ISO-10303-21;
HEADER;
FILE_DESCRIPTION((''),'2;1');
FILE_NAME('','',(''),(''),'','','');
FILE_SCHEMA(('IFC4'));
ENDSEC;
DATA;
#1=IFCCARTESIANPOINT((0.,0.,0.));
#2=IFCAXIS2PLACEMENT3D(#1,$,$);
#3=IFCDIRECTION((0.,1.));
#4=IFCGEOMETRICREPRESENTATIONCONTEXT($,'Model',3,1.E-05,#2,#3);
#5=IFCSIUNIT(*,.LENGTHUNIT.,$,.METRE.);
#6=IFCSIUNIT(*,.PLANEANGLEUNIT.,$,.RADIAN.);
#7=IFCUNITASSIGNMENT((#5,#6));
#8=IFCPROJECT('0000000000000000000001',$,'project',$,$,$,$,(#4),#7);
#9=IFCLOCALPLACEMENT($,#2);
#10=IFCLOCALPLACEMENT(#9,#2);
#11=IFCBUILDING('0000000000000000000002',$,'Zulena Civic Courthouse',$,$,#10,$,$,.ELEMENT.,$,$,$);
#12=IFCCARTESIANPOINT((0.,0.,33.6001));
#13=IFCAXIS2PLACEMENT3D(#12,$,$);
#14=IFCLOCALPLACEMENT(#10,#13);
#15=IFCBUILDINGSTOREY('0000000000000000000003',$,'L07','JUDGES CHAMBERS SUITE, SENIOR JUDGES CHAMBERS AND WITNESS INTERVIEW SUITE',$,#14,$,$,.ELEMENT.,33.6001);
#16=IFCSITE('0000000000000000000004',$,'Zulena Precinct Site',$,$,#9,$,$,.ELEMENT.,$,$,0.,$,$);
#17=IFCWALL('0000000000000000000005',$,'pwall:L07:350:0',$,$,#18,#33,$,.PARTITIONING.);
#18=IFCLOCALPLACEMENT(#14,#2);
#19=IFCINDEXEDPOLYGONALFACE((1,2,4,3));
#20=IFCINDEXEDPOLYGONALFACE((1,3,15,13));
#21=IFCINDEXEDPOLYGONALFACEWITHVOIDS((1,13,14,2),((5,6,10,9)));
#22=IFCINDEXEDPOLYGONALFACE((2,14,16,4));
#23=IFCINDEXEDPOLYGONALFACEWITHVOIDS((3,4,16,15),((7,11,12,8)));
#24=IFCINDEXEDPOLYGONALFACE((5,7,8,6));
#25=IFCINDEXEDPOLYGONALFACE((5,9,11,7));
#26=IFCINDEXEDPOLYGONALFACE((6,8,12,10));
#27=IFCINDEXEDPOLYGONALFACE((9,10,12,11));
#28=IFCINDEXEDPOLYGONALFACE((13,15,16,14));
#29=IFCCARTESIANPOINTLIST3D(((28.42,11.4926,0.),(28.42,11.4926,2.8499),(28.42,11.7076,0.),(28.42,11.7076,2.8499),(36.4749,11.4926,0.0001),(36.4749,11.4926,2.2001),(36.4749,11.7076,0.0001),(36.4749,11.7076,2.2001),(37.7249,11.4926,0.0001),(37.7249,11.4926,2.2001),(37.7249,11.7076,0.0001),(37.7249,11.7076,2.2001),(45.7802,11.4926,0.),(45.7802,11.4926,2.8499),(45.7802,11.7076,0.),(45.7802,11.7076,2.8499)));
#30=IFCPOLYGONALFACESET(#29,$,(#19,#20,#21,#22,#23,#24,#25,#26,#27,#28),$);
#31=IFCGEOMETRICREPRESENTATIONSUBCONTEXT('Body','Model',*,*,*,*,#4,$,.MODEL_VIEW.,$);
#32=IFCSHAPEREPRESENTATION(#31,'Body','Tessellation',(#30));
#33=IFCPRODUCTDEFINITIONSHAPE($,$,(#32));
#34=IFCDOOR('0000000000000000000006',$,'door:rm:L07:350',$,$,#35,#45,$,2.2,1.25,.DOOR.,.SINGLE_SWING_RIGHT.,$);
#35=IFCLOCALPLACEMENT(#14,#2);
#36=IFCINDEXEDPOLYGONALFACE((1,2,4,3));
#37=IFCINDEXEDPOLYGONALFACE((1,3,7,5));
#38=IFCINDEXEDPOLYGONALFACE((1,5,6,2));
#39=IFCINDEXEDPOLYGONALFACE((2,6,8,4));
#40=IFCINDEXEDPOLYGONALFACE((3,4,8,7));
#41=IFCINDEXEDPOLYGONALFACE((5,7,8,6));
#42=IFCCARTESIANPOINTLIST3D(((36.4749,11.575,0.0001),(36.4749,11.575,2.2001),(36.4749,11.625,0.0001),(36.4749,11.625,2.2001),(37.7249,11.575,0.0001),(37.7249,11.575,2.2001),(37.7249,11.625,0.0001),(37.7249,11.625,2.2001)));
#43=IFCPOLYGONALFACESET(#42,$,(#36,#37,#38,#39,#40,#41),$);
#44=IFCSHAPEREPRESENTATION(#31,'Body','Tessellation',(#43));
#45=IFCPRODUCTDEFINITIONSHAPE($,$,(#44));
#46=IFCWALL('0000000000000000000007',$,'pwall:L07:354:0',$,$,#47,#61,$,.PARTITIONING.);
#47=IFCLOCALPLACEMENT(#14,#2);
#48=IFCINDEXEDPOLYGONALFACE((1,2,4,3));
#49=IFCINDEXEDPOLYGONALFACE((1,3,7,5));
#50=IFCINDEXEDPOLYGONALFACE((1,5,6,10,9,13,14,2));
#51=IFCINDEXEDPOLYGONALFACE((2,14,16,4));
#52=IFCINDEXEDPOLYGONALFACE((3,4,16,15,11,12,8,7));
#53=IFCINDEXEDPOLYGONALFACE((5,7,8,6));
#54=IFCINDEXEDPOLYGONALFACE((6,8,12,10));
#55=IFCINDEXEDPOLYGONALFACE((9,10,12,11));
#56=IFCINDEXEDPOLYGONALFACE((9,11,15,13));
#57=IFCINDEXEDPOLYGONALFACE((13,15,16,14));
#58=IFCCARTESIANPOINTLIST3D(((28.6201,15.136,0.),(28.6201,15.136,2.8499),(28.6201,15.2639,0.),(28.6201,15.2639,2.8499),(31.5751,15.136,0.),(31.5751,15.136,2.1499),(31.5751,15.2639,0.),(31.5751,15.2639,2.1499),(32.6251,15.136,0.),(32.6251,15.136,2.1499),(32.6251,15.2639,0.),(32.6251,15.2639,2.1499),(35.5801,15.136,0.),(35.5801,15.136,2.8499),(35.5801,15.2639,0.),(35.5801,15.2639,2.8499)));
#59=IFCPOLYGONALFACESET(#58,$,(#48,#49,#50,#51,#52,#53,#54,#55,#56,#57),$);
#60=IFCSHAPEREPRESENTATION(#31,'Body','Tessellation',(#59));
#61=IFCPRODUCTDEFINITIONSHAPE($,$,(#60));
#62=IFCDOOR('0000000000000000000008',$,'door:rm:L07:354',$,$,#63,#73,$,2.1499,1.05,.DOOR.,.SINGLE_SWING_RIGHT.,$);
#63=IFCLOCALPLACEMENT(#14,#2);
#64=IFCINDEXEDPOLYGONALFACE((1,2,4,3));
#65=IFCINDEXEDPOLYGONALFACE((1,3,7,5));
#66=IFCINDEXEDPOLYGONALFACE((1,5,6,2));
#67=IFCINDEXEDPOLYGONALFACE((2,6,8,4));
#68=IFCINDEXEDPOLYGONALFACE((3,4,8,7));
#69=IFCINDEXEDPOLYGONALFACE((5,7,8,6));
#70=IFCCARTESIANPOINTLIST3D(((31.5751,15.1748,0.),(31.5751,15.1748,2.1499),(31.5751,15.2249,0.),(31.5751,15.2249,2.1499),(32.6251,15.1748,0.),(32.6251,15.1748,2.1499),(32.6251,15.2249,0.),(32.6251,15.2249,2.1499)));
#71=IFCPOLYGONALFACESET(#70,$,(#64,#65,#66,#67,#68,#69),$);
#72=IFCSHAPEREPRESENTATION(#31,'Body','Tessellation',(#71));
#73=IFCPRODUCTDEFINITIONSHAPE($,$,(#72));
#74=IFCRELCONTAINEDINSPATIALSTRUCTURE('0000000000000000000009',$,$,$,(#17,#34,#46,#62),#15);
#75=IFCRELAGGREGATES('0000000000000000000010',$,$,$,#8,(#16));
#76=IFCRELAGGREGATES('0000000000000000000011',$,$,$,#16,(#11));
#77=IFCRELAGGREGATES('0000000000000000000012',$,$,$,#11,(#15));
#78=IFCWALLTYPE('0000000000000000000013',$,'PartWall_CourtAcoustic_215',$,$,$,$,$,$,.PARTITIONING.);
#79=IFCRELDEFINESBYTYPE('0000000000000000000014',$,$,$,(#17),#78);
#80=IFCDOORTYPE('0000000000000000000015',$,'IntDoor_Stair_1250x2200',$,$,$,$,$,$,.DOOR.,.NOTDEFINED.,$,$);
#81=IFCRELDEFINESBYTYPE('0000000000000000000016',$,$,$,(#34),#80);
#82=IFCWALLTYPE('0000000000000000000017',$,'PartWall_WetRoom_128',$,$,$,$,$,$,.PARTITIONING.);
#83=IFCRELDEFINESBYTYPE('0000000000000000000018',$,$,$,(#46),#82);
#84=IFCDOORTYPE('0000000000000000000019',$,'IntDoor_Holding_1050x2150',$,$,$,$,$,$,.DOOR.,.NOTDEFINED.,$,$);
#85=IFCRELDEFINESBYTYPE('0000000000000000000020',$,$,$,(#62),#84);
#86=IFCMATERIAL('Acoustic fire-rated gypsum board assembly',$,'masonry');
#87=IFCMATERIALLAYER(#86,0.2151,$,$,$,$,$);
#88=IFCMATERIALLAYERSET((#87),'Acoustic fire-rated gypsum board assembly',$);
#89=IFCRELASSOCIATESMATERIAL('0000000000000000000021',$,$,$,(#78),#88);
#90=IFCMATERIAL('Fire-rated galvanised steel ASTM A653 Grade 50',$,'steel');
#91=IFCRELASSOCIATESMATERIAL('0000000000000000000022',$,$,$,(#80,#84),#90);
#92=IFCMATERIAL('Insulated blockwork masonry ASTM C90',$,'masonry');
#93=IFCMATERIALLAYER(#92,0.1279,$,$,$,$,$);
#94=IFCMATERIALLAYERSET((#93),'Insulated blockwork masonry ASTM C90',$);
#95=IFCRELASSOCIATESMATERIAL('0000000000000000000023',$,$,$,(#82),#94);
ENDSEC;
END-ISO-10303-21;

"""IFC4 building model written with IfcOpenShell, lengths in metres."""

from ifc_helpers import new_model, si_unit, direction, frame, frame_2d, origin, place, context, subcontext, project, spatial, rectangle, extrude, material, layer, layer_set, type_object, element, fill, save


model = new_model("IFC4")

# Units and contexts
model_context = context("Model", 3, precision=1e-05, world=origin(), true_north=direction((0.0, 1.0)))
body_context = subcontext(model_context, "Body", "Model", "MODEL_VIEW")
ifc_project = project(units=[si_unit("LENGTHUNIT", "METRE"), si_unit("PLANEANGLEUNIT", "RADIAN")], contexts=[model_context])

# Site, building, storey
site_placement = place(None, origin())
site = spatial("IfcSite", under=ifc_project, at=site_placement, Name="Zulena Precinct Site", CompositionType="ELEMENT", RefElevation=0.0)
building_placement = place(site_placement, origin())
building = spatial("IfcBuilding", under=site, at=building_placement, Name="Zulena Civic Courthouse", CompositionType="ELEMENT")
storey_placement = place(building_placement, frame((0.0, 0.0, 33.6001)))
storey = spatial("IfcBuildingStorey", under=building, at=storey_placement, Name="L07", Description="JUDGES CHAMBERS SUITE, SENIOR JUDGES CHAMBERS AND WITNESS INTERVIEW SUITE", CompositionType="ELEMENT", Elevation=33.6001)

# Shared definitions
ifc_material_1 = material(Name="Fire-rated galvanised steel ASTM A653 Grade 50", Category="steel")

# Walls, openings, doors
ifc_material_2 = material(Name="Acoustic fire-rated gypsum board assembly", Category="masonry")
ifc_layer_1 = layer(ifc_material_2, 0.2151)
ifc_layer_set_1 = layer_set([ifc_layer_1], Name="Acoustic fire-rated gypsum board assembly")
wall_type_1 = type_object("IfcWallType", Name="PartWall_CourtAcoustic_215", PredefinedType="PARTITIONING", material=ifc_layer_set_1)
wall_1_placement = place(storey_placement, frame((28.4199, 11.6001, 0.0), z_axis=(0.0, 0.0, 1.0), x_axis=(1.0, 0.0, 0.0)))
wall_1 = element("IfcWall", 1, at=wall_1_placement, inside=storey, type_object=wall_type_1, Name="pwall:L07:350:0", PredefinedType="PARTITIONING", context=body_context, shape_type="SweptSolid", body=[
    extrude(rectangle(XDim=17.3601, YDim=0.2151, at=frame_2d((8.6802, 0.0))), origin(), (0.0, 0.0, 1.0), 2.8499),
])
opening_1_placement = place(wall_1_placement, frame((8.0549, 0.0, 0.0)))
opening_1 = element("IfcOpeningElement", 2, at=opening_1_placement, cuts=wall_1, PredefinedType="OPENING", context=body_context, shape_type="SweptSolid", body=[
    extrude(rectangle(XDim=1.25, YDim=2.2, at=frame_2d((0.625, 1.1001))), frame((0.0, 0.1174, 0.0), z_axis=(0.0, -1.0, 0.0), x_axis=(1.0, 0.0, 0.0)), (0.0, 0.0, 1.0), 0.2351),
])
door_type_1 = type_object("IfcDoorType", Name="IntDoor_Stair_1250x2200", OperationType="NOTDEFINED", PredefinedType="DOOR", material=ifc_material_1)
door_1_placement = place(opening_1_placement, origin())
door_1 = element("IfcDoor", 3, at=door_1_placement, inside=storey, type_object=door_type_1, Name="door:rm:L07:350", OperationType="SINGLE_SWING_RIGHT", OverallHeight=2.2, OverallWidth=1.25, PredefinedType="DOOR", context=body_context, shape_type="SweptSolid", body=[
    extrude(rectangle(XDim=1.25, YDim=2.2, at=frame_2d((0.625, 1.1001))), frame((0.0, 0.0249, 0.0), z_axis=(0.0, -1.0, 0.0), x_axis=(1.0, 0.0, 0.0)), (0.0, 0.0, 1.0), 0.05),
])
fill(opening_1, door_1)
ifc_material_3 = material(Name="Insulated blockwork masonry ASTM C90", Category="masonry")
ifc_layer_2 = layer(ifc_material_3, 0.1279)
ifc_layer_set_2 = layer_set([ifc_layer_2], Name="Insulated blockwork masonry ASTM C90")
wall_type_2 = type_object("IfcWallType", Name="PartWall_WetRoom_128", PredefinedType="PARTITIONING", material=ifc_layer_set_2)
wall_2_placement = place(storey_placement, frame((28.6201, 15.2, 0.0), z_axis=(0.0, 0.0, 1.0), x_axis=(1.0, 0.0, 0.0)))
wall_2 = element("IfcWall", 4, at=wall_2_placement, inside=storey, type_object=wall_type_2, Name="pwall:L07:354:0", PredefinedType="PARTITIONING", context=body_context, shape_type="SweptSolid", body=[
    extrude(rectangle(XDim=6.96, YDim=0.1279, at=frame_2d((3.48, 0.0))), origin(), (0.0, 0.0, 1.0), 2.8499),
])
opening_2_placement = place(wall_2_placement, frame((2.9551, 0.0, 0.0)))
opening_2 = element("IfcOpeningElement", 5, at=opening_2_placement, cuts=wall_2, PredefinedType="OPENING", context=body_context, shape_type="SweptSolid", body=[
    extrude(rectangle(XDim=1.05, YDim=2.1499, at=frame_2d((0.5249, 1.075))), frame((0.0, 0.074, 0.0), z_axis=(0.0, -1.0, 0.0), x_axis=(1.0, 0.0, 0.0)), (0.0, 0.0, 1.0), 0.1479),
])
door_type_2 = type_object("IfcDoorType", Name="IntDoor_Holding_1050x2150", OperationType="NOTDEFINED", PredefinedType="DOOR", material=ifc_material_1)
door_2_placement = place(opening_2_placement, origin())
door_2 = element("IfcDoor", 6, at=door_2_placement, inside=storey, type_object=door_type_2, Name="door:rm:L07:354", OperationType="SINGLE_SWING_RIGHT", OverallHeight=2.1499, OverallWidth=1.05, PredefinedType="DOOR", context=body_context, shape_type="SweptSolid", body=[
    extrude(rectangle(XDim=1.05, YDim=2.1499, at=frame_2d((0.5249, 1.075))), frame((0.0, 0.0249, 0.0), z_axis=(0.0, -1.0, 0.0), x_axis=(1.0, 0.0, 0.0)), (0.0, 0.0, 1.0), 0.05),
])
fill(opening_2, door_2)

save(model, "model.ifc")
